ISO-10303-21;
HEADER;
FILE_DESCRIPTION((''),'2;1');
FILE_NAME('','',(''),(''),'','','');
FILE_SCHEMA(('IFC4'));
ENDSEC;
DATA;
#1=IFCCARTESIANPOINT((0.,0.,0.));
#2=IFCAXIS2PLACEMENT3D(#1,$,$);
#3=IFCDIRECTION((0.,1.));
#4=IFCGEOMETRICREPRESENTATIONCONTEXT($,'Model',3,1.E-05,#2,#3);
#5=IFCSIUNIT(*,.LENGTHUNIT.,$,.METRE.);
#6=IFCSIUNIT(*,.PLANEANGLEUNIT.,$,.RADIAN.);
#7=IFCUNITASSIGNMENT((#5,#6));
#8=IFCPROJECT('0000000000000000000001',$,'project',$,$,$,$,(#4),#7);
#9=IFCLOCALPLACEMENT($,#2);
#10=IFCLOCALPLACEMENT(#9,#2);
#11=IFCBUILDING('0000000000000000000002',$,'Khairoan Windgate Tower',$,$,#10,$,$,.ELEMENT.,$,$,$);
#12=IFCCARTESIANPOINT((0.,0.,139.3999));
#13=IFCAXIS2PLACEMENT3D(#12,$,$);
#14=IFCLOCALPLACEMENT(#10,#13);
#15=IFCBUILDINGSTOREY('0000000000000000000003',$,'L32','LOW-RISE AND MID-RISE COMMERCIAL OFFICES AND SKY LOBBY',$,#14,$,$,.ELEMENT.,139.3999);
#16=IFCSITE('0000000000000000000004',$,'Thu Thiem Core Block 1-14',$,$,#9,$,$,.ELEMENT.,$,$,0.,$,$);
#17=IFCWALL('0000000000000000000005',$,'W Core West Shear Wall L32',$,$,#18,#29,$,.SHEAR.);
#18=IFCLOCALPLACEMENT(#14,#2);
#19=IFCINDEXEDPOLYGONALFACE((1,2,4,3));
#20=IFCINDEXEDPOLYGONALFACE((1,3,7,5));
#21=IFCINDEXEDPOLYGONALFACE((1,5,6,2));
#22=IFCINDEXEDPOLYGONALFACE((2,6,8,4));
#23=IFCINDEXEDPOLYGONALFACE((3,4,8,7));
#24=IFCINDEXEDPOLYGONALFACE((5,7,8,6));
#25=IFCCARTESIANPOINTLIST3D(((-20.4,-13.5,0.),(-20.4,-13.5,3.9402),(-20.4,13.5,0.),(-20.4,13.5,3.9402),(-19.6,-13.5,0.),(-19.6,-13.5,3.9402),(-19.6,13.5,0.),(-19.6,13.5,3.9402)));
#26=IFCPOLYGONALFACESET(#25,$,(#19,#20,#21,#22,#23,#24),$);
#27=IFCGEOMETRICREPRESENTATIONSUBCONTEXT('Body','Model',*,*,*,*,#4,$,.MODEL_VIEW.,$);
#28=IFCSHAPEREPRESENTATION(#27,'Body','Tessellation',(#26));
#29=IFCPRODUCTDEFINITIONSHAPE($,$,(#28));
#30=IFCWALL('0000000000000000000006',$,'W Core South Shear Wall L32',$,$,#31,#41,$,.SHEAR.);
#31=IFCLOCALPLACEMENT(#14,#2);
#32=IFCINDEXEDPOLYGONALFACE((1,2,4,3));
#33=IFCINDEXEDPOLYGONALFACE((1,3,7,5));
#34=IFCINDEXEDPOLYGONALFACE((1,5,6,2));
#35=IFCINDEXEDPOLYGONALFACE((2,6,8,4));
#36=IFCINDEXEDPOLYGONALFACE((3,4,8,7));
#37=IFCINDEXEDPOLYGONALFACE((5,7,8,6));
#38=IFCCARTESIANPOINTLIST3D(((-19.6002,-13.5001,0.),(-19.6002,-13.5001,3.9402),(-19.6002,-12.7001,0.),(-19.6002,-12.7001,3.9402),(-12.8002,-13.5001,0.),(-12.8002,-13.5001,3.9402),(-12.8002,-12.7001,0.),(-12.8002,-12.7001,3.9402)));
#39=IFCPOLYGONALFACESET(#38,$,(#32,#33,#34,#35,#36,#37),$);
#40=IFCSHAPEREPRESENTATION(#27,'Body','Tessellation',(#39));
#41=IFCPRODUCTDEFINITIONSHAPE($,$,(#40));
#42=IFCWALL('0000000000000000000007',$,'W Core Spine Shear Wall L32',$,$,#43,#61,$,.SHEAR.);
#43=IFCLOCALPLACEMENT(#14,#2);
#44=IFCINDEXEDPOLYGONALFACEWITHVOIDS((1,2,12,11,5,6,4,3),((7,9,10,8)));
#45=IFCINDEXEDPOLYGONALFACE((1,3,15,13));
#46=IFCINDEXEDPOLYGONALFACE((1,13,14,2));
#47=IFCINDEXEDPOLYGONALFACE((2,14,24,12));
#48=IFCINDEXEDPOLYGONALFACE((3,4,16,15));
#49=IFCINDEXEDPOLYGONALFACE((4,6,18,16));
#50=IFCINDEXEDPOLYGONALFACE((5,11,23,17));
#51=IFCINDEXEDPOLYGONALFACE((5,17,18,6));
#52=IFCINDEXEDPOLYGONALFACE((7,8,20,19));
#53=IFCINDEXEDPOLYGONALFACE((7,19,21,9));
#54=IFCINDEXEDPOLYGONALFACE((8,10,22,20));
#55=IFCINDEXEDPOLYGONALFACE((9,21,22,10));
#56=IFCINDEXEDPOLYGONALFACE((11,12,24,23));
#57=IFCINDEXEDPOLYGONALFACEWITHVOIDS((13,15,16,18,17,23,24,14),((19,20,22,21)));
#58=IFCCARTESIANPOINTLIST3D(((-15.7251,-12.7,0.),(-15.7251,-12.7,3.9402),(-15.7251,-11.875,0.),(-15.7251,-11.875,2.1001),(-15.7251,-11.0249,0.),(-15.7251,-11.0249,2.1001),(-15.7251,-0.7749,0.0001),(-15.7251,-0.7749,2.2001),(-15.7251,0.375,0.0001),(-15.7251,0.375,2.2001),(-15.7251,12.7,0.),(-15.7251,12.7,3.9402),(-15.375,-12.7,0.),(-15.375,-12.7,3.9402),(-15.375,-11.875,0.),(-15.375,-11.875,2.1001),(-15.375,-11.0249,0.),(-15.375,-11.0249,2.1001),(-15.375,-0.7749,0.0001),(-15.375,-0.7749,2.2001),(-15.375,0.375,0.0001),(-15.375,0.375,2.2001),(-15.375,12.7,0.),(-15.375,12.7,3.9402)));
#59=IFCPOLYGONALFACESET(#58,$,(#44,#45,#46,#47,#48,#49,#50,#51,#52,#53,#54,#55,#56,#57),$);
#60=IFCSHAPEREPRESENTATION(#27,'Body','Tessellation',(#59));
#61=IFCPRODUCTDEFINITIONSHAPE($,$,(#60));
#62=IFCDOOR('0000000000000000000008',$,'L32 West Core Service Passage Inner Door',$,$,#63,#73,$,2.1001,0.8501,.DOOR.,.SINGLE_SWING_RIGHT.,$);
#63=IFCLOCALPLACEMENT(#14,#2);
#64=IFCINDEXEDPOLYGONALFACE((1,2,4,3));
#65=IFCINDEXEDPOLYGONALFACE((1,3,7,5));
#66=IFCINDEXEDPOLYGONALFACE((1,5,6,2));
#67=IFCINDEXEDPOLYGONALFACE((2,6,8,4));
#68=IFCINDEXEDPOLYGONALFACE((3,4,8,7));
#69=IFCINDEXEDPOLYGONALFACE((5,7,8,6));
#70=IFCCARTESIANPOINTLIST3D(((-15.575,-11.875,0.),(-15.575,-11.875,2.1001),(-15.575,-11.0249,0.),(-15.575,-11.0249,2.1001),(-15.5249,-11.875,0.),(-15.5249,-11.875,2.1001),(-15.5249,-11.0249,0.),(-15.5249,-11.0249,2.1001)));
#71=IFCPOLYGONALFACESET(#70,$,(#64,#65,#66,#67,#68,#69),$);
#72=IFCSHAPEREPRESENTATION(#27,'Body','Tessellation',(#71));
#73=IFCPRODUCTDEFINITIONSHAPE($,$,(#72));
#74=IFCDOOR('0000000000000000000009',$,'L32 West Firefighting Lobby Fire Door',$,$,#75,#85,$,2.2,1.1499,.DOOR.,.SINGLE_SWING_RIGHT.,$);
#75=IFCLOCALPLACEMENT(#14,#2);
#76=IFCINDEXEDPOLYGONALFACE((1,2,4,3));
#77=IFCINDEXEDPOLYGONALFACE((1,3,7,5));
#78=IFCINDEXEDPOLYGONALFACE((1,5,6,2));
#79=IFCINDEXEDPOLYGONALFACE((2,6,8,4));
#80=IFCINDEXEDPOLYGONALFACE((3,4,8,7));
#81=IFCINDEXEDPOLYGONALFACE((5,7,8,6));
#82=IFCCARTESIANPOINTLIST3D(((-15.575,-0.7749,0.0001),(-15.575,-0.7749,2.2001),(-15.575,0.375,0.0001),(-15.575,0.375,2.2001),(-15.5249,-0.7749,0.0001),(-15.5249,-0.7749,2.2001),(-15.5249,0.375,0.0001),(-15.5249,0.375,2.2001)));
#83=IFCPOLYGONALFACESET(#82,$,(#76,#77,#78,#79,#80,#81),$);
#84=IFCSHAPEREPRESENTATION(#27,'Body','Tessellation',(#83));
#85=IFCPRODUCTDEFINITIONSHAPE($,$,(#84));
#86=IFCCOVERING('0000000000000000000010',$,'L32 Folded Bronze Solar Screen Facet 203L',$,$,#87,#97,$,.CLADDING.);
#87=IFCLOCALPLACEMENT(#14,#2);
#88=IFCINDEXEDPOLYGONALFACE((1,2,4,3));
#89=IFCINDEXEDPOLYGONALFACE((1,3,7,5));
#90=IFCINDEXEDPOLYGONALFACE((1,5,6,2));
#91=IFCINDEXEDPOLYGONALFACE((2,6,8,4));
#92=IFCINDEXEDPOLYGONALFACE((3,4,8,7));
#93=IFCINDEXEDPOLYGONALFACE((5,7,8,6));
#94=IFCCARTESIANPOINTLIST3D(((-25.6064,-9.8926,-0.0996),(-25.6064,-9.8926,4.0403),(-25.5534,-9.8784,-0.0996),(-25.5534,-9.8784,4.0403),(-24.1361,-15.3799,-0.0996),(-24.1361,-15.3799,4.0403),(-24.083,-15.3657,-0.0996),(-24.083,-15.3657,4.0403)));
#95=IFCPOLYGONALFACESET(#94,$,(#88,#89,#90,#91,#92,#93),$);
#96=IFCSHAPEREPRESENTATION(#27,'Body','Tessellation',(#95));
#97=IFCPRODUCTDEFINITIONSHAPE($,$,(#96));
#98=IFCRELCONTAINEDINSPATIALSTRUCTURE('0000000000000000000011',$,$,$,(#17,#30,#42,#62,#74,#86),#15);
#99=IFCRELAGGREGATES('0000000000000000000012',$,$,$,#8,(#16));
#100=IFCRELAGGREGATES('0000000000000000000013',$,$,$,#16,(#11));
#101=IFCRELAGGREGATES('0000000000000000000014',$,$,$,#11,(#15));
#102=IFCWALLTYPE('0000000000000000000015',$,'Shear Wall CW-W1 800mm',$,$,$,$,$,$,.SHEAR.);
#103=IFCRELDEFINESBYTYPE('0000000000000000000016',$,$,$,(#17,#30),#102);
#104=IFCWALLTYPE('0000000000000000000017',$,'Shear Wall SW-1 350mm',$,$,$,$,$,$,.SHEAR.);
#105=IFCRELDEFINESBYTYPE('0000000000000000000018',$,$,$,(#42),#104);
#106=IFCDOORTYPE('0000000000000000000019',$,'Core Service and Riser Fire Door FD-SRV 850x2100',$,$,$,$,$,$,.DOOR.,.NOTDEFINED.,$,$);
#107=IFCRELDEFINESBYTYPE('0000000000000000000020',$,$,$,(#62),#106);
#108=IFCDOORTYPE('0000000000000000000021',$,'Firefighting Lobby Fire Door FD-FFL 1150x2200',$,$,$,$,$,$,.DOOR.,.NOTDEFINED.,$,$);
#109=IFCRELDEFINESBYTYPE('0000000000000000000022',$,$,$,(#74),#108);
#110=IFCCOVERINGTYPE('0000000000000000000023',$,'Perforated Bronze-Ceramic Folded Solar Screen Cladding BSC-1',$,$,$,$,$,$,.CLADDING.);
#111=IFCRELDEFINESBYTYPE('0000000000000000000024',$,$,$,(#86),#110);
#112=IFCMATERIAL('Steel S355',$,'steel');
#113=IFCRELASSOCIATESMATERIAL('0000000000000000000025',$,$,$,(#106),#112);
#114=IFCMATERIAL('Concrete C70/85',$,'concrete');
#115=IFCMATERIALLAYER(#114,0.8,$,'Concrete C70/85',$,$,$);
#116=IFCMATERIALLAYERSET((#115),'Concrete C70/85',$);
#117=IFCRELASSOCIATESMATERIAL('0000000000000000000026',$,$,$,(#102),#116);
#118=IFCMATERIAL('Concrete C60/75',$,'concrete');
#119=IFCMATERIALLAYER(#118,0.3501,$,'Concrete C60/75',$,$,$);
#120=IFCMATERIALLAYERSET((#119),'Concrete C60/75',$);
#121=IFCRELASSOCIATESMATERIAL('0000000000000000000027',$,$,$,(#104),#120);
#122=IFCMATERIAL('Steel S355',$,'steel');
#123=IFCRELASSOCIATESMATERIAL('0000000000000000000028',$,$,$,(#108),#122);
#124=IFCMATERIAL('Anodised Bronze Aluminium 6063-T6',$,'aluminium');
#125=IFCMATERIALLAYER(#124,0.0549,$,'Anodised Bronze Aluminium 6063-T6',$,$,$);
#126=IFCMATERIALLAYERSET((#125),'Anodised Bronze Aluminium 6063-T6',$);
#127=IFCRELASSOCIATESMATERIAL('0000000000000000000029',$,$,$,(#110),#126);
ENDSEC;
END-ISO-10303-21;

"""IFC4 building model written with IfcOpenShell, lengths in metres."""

from ifc_helpers import new_model, si_unit, direction, frame, frame_2d, origin, origin_2d, place, context, subcontext, project, spatial, rectangle, extrude, material, layer, layer_set, type_object, element, fill, save


model = new_model("IFC4")

# Units and contexts
model_context = context("Model", 3, precision=1e-05, world=origin(), true_north=direction((0.0, 1.0)))
body_context = subcontext(model_context, "Body", "Model", "MODEL_VIEW")
ifc_project = project(units=[si_unit("LENGTHUNIT", "METRE"), si_unit("PLANEANGLEUNIT", "RADIAN")], contexts=[model_context])

# Site, building, storey
site_placement = place(None, origin())
site = spatial("IfcSite", under=ifc_project, at=site_placement, Name="Thu Thiem Core Block 1-14", CompositionType="ELEMENT", RefElevation=0.0)
building_placement = place(site_placement, origin())
building = spatial("IfcBuilding", under=site, at=building_placement, Name="Khairoan Windgate Tower", CompositionType="ELEMENT")
storey_placement = place(building_placement, frame((0.0, 0.0, 139.3999)))
storey = spatial("IfcBuildingStorey", under=building, at=storey_placement, Name="L32", Description="LOW-RISE AND MID-RISE COMMERCIAL OFFICES AND SKY LOBBY", CompositionType="ELEMENT", Elevation=139.3999)

# Shared definitions
ifc_material_1 = material(Name="Steel S355", Category="steel")
door_type_1 = type_object("IfcDoorType", Name="Core Service and Riser Fire Door FD-SRV 850x2100", OperationType="NOTDEFINED", PredefinedType="DOOR", material=ifc_material_1)

# Walls
ifc_material_2 = material(Name="Concrete C70/85", Category="concrete")
ifc_layer_1 = layer(ifc_material_2, 0.8, Name="Concrete C70/85")
ifc_layer_set_1 = layer_set([ifc_layer_1], Name="Concrete C70/85")
wall_type_1 = type_object("IfcWallType", Name="Shear Wall CW-W1 800mm", PredefinedType="SHEAR", material=ifc_layer_set_1)
wall_1_placement = place(storey_placement, frame((-20.0, -13.5, 0.0), z_axis=(0.0, 0.0, 1.0), x_axis=(0.0, 1.0, 0.0)))
element("IfcWall", 1, at=wall_1_placement, inside=storey, type_object=wall_type_1, Name="W Core West Shear Wall L32", PredefinedType="SHEAR", context=body_context, shape_type="SweptSolid", body=[
    extrude(rectangle(XDim=27.0, YDim=0.8, at=frame_2d((13.5, 0.0))), origin(), (0.0, 0.0, 1.0), 3.9402),
])
wall_2_placement = place(storey_placement, frame((-19.6001, -13.1001, 0.0), z_axis=(0.0, 0.0, 1.0), x_axis=(1.0, 0.0, 0.0)))
element("IfcWall", 2, at=wall_2_placement, inside=storey, type_object=wall_type_1, Name="W Core South Shear Wall L32", PredefinedType="SHEAR", context=body_context, shape_type="SweptSolid", body=[
    extrude(rectangle(XDim=6.8, YDim=0.8, at=frame_2d((3.3999, 0.0))), origin(), (0.0, 0.0, 1.0), 3.9402),
])

# Wall, openings, doors
ifc_material_3 = material(Name="Concrete C60/75", Category="concrete")
ifc_layer_2 = layer(ifc_material_3, 0.3501, Name="Concrete C60/75")
ifc_layer_set_2 = layer_set([ifc_layer_2], Name="Concrete C60/75")
wall_type_2 = type_object("IfcWallType", Name="Shear Wall SW-1 350mm", PredefinedType="SHEAR", material=ifc_layer_set_2)
wall_3_placement = place(storey_placement, frame((-15.55, -12.7, 0.0), z_axis=(0.0, 0.0, 1.0), x_axis=(0.0, 1.0, 0.0)))
wall_3 = element("IfcWall", 3, at=wall_3_placement, inside=storey, type_object=wall_type_2, Name="W Core Spine Shear Wall L32", PredefinedType="SHEAR", context=body_context, shape_type="SweptSolid", body=[
    extrude(rectangle(XDim=25.3999, YDim=0.3501, at=frame_2d((12.7, 0.0))), origin(), (0.0, 0.0, 1.0), 3.9402),
])
opening_1_placement = place(wall_3_placement, frame((11.925, 0.0, 0.0)))
opening_1 = element("IfcOpeningElement", 4, at=opening_1_placement, cuts=wall_3, PredefinedType="OPENING", context=body_context, shape_type="SweptSolid", body=[
    extrude(rectangle(XDim=1.1499, YDim=2.2, at=frame_2d((0.575, 1.1001))), frame((0.0, 0.1851, 0.0), z_axis=(0.0, -1.0, 0.0), x_axis=(1.0, 0.0, 0.0)), (0.0, 0.0, 1.0), 0.3701),
])
opening_2_placement = place(wall_3_placement, frame((0.825, 0.0, 0.0)))
opening_2 = element("IfcOpeningElement", 5, at=opening_2_placement, cuts=wall_3, PredefinedType="OPENING", context=body_context, shape_type="SweptSolid", body=[
    extrude(rectangle(XDim=0.8501, YDim=2.1001, at=frame_2d((0.425, 1.05))), frame((0.0, 0.1851, 0.0), z_axis=(0.0, -1.0, 0.0), x_axis=(1.0, 0.0, 0.0)), (0.0, 0.0, 1.0), 0.3701),
])
door_1_placement = place(opening_2_placement, origin())
door_1 = element("IfcDoor", 6, at=door_1_placement, inside=storey, type_object=door_type_1, Name="L32 West Core Service Passage Inner Door", OperationType="SINGLE_SWING_RIGHT", OverallHeight=2.1001, OverallWidth=0.8501, PredefinedType="DOOR", context=body_context, shape_type="SweptSolid", body=[
    extrude(rectangle(XDim=0.8501, YDim=2.1001, at=frame_2d((0.425, 1.05))), frame((0.0, 0.0249, 0.0), z_axis=(0.0, -1.0, 0.0), x_axis=(1.0, 0.0, 0.0)), (0.0, 0.0, 1.0), 0.05),
])
fill(opening_2, door_1)
ifc_material_4 = material(Name="Steel S355", Category="steel")
door_type_2 = type_object("IfcDoorType", Name="Firefighting Lobby Fire Door FD-FFL 1150x2200", OperationType="NOTDEFINED", PredefinedType="DOOR", material=ifc_material_4)
door_2_placement = place(opening_1_placement, origin())
door_2 = element("IfcDoor", 7, at=door_2_placement, inside=storey, type_object=door_type_2, Name="L32 West Firefighting Lobby Fire Door", OperationType="SINGLE_SWING_RIGHT", OverallHeight=2.2, OverallWidth=1.1499, PredefinedType="DOOR", context=body_context, shape_type="SweptSolid", body=[
    extrude(rectangle(XDim=1.1499, YDim=2.2, at=frame_2d((0.575, 1.1001))), frame((0.0, 0.0249, 0.0), z_axis=(0.0, -1.0, 0.0), x_axis=(1.0, 0.0, 0.0)), (0.0, 0.0, 1.0), 0.05),
])
fill(opening_1, door_2)

# Covering
ifc_material_5 = material(Name="Anodised Bronze Aluminium 6063-T6", Category="aluminium")
ifc_layer_3 = layer(ifc_material_5, 0.0549, Name="Anodised Bronze Aluminium 6063-T6")
ifc_layer_set_3 = layer_set([ifc_layer_3], Name="Anodised Bronze Aluminium 6063-T6")
covering_type = type_object("IfcCoveringType", Name="Perforated Bronze-Ceramic Folded Solar Screen Cladding BSC-1", PredefinedType="CLADDING", material=ifc_layer_set_3)
covering_placement = place(storey_placement, frame((-24.8447, -12.6292, -0.0996), z_axis=(0.0, 0.0, 1.0), x_axis=(-0.258819, 0.965926, 0.0)))
element("IfcCovering", 8, at=covering_placement, inside=storey, type_object=covering_type, Name="L32 Folded Bronze Solar Screen Facet 203L", PredefinedType="CLADDING", context=body_context, shape_type="SweptSolid", body=[
    extrude(rectangle(XDim=5.6809, YDim=0.0549, at=origin_2d()), origin(), (0.0, 0.0, 1.0), 4.1399),
])

save(model, "model.ifc")
